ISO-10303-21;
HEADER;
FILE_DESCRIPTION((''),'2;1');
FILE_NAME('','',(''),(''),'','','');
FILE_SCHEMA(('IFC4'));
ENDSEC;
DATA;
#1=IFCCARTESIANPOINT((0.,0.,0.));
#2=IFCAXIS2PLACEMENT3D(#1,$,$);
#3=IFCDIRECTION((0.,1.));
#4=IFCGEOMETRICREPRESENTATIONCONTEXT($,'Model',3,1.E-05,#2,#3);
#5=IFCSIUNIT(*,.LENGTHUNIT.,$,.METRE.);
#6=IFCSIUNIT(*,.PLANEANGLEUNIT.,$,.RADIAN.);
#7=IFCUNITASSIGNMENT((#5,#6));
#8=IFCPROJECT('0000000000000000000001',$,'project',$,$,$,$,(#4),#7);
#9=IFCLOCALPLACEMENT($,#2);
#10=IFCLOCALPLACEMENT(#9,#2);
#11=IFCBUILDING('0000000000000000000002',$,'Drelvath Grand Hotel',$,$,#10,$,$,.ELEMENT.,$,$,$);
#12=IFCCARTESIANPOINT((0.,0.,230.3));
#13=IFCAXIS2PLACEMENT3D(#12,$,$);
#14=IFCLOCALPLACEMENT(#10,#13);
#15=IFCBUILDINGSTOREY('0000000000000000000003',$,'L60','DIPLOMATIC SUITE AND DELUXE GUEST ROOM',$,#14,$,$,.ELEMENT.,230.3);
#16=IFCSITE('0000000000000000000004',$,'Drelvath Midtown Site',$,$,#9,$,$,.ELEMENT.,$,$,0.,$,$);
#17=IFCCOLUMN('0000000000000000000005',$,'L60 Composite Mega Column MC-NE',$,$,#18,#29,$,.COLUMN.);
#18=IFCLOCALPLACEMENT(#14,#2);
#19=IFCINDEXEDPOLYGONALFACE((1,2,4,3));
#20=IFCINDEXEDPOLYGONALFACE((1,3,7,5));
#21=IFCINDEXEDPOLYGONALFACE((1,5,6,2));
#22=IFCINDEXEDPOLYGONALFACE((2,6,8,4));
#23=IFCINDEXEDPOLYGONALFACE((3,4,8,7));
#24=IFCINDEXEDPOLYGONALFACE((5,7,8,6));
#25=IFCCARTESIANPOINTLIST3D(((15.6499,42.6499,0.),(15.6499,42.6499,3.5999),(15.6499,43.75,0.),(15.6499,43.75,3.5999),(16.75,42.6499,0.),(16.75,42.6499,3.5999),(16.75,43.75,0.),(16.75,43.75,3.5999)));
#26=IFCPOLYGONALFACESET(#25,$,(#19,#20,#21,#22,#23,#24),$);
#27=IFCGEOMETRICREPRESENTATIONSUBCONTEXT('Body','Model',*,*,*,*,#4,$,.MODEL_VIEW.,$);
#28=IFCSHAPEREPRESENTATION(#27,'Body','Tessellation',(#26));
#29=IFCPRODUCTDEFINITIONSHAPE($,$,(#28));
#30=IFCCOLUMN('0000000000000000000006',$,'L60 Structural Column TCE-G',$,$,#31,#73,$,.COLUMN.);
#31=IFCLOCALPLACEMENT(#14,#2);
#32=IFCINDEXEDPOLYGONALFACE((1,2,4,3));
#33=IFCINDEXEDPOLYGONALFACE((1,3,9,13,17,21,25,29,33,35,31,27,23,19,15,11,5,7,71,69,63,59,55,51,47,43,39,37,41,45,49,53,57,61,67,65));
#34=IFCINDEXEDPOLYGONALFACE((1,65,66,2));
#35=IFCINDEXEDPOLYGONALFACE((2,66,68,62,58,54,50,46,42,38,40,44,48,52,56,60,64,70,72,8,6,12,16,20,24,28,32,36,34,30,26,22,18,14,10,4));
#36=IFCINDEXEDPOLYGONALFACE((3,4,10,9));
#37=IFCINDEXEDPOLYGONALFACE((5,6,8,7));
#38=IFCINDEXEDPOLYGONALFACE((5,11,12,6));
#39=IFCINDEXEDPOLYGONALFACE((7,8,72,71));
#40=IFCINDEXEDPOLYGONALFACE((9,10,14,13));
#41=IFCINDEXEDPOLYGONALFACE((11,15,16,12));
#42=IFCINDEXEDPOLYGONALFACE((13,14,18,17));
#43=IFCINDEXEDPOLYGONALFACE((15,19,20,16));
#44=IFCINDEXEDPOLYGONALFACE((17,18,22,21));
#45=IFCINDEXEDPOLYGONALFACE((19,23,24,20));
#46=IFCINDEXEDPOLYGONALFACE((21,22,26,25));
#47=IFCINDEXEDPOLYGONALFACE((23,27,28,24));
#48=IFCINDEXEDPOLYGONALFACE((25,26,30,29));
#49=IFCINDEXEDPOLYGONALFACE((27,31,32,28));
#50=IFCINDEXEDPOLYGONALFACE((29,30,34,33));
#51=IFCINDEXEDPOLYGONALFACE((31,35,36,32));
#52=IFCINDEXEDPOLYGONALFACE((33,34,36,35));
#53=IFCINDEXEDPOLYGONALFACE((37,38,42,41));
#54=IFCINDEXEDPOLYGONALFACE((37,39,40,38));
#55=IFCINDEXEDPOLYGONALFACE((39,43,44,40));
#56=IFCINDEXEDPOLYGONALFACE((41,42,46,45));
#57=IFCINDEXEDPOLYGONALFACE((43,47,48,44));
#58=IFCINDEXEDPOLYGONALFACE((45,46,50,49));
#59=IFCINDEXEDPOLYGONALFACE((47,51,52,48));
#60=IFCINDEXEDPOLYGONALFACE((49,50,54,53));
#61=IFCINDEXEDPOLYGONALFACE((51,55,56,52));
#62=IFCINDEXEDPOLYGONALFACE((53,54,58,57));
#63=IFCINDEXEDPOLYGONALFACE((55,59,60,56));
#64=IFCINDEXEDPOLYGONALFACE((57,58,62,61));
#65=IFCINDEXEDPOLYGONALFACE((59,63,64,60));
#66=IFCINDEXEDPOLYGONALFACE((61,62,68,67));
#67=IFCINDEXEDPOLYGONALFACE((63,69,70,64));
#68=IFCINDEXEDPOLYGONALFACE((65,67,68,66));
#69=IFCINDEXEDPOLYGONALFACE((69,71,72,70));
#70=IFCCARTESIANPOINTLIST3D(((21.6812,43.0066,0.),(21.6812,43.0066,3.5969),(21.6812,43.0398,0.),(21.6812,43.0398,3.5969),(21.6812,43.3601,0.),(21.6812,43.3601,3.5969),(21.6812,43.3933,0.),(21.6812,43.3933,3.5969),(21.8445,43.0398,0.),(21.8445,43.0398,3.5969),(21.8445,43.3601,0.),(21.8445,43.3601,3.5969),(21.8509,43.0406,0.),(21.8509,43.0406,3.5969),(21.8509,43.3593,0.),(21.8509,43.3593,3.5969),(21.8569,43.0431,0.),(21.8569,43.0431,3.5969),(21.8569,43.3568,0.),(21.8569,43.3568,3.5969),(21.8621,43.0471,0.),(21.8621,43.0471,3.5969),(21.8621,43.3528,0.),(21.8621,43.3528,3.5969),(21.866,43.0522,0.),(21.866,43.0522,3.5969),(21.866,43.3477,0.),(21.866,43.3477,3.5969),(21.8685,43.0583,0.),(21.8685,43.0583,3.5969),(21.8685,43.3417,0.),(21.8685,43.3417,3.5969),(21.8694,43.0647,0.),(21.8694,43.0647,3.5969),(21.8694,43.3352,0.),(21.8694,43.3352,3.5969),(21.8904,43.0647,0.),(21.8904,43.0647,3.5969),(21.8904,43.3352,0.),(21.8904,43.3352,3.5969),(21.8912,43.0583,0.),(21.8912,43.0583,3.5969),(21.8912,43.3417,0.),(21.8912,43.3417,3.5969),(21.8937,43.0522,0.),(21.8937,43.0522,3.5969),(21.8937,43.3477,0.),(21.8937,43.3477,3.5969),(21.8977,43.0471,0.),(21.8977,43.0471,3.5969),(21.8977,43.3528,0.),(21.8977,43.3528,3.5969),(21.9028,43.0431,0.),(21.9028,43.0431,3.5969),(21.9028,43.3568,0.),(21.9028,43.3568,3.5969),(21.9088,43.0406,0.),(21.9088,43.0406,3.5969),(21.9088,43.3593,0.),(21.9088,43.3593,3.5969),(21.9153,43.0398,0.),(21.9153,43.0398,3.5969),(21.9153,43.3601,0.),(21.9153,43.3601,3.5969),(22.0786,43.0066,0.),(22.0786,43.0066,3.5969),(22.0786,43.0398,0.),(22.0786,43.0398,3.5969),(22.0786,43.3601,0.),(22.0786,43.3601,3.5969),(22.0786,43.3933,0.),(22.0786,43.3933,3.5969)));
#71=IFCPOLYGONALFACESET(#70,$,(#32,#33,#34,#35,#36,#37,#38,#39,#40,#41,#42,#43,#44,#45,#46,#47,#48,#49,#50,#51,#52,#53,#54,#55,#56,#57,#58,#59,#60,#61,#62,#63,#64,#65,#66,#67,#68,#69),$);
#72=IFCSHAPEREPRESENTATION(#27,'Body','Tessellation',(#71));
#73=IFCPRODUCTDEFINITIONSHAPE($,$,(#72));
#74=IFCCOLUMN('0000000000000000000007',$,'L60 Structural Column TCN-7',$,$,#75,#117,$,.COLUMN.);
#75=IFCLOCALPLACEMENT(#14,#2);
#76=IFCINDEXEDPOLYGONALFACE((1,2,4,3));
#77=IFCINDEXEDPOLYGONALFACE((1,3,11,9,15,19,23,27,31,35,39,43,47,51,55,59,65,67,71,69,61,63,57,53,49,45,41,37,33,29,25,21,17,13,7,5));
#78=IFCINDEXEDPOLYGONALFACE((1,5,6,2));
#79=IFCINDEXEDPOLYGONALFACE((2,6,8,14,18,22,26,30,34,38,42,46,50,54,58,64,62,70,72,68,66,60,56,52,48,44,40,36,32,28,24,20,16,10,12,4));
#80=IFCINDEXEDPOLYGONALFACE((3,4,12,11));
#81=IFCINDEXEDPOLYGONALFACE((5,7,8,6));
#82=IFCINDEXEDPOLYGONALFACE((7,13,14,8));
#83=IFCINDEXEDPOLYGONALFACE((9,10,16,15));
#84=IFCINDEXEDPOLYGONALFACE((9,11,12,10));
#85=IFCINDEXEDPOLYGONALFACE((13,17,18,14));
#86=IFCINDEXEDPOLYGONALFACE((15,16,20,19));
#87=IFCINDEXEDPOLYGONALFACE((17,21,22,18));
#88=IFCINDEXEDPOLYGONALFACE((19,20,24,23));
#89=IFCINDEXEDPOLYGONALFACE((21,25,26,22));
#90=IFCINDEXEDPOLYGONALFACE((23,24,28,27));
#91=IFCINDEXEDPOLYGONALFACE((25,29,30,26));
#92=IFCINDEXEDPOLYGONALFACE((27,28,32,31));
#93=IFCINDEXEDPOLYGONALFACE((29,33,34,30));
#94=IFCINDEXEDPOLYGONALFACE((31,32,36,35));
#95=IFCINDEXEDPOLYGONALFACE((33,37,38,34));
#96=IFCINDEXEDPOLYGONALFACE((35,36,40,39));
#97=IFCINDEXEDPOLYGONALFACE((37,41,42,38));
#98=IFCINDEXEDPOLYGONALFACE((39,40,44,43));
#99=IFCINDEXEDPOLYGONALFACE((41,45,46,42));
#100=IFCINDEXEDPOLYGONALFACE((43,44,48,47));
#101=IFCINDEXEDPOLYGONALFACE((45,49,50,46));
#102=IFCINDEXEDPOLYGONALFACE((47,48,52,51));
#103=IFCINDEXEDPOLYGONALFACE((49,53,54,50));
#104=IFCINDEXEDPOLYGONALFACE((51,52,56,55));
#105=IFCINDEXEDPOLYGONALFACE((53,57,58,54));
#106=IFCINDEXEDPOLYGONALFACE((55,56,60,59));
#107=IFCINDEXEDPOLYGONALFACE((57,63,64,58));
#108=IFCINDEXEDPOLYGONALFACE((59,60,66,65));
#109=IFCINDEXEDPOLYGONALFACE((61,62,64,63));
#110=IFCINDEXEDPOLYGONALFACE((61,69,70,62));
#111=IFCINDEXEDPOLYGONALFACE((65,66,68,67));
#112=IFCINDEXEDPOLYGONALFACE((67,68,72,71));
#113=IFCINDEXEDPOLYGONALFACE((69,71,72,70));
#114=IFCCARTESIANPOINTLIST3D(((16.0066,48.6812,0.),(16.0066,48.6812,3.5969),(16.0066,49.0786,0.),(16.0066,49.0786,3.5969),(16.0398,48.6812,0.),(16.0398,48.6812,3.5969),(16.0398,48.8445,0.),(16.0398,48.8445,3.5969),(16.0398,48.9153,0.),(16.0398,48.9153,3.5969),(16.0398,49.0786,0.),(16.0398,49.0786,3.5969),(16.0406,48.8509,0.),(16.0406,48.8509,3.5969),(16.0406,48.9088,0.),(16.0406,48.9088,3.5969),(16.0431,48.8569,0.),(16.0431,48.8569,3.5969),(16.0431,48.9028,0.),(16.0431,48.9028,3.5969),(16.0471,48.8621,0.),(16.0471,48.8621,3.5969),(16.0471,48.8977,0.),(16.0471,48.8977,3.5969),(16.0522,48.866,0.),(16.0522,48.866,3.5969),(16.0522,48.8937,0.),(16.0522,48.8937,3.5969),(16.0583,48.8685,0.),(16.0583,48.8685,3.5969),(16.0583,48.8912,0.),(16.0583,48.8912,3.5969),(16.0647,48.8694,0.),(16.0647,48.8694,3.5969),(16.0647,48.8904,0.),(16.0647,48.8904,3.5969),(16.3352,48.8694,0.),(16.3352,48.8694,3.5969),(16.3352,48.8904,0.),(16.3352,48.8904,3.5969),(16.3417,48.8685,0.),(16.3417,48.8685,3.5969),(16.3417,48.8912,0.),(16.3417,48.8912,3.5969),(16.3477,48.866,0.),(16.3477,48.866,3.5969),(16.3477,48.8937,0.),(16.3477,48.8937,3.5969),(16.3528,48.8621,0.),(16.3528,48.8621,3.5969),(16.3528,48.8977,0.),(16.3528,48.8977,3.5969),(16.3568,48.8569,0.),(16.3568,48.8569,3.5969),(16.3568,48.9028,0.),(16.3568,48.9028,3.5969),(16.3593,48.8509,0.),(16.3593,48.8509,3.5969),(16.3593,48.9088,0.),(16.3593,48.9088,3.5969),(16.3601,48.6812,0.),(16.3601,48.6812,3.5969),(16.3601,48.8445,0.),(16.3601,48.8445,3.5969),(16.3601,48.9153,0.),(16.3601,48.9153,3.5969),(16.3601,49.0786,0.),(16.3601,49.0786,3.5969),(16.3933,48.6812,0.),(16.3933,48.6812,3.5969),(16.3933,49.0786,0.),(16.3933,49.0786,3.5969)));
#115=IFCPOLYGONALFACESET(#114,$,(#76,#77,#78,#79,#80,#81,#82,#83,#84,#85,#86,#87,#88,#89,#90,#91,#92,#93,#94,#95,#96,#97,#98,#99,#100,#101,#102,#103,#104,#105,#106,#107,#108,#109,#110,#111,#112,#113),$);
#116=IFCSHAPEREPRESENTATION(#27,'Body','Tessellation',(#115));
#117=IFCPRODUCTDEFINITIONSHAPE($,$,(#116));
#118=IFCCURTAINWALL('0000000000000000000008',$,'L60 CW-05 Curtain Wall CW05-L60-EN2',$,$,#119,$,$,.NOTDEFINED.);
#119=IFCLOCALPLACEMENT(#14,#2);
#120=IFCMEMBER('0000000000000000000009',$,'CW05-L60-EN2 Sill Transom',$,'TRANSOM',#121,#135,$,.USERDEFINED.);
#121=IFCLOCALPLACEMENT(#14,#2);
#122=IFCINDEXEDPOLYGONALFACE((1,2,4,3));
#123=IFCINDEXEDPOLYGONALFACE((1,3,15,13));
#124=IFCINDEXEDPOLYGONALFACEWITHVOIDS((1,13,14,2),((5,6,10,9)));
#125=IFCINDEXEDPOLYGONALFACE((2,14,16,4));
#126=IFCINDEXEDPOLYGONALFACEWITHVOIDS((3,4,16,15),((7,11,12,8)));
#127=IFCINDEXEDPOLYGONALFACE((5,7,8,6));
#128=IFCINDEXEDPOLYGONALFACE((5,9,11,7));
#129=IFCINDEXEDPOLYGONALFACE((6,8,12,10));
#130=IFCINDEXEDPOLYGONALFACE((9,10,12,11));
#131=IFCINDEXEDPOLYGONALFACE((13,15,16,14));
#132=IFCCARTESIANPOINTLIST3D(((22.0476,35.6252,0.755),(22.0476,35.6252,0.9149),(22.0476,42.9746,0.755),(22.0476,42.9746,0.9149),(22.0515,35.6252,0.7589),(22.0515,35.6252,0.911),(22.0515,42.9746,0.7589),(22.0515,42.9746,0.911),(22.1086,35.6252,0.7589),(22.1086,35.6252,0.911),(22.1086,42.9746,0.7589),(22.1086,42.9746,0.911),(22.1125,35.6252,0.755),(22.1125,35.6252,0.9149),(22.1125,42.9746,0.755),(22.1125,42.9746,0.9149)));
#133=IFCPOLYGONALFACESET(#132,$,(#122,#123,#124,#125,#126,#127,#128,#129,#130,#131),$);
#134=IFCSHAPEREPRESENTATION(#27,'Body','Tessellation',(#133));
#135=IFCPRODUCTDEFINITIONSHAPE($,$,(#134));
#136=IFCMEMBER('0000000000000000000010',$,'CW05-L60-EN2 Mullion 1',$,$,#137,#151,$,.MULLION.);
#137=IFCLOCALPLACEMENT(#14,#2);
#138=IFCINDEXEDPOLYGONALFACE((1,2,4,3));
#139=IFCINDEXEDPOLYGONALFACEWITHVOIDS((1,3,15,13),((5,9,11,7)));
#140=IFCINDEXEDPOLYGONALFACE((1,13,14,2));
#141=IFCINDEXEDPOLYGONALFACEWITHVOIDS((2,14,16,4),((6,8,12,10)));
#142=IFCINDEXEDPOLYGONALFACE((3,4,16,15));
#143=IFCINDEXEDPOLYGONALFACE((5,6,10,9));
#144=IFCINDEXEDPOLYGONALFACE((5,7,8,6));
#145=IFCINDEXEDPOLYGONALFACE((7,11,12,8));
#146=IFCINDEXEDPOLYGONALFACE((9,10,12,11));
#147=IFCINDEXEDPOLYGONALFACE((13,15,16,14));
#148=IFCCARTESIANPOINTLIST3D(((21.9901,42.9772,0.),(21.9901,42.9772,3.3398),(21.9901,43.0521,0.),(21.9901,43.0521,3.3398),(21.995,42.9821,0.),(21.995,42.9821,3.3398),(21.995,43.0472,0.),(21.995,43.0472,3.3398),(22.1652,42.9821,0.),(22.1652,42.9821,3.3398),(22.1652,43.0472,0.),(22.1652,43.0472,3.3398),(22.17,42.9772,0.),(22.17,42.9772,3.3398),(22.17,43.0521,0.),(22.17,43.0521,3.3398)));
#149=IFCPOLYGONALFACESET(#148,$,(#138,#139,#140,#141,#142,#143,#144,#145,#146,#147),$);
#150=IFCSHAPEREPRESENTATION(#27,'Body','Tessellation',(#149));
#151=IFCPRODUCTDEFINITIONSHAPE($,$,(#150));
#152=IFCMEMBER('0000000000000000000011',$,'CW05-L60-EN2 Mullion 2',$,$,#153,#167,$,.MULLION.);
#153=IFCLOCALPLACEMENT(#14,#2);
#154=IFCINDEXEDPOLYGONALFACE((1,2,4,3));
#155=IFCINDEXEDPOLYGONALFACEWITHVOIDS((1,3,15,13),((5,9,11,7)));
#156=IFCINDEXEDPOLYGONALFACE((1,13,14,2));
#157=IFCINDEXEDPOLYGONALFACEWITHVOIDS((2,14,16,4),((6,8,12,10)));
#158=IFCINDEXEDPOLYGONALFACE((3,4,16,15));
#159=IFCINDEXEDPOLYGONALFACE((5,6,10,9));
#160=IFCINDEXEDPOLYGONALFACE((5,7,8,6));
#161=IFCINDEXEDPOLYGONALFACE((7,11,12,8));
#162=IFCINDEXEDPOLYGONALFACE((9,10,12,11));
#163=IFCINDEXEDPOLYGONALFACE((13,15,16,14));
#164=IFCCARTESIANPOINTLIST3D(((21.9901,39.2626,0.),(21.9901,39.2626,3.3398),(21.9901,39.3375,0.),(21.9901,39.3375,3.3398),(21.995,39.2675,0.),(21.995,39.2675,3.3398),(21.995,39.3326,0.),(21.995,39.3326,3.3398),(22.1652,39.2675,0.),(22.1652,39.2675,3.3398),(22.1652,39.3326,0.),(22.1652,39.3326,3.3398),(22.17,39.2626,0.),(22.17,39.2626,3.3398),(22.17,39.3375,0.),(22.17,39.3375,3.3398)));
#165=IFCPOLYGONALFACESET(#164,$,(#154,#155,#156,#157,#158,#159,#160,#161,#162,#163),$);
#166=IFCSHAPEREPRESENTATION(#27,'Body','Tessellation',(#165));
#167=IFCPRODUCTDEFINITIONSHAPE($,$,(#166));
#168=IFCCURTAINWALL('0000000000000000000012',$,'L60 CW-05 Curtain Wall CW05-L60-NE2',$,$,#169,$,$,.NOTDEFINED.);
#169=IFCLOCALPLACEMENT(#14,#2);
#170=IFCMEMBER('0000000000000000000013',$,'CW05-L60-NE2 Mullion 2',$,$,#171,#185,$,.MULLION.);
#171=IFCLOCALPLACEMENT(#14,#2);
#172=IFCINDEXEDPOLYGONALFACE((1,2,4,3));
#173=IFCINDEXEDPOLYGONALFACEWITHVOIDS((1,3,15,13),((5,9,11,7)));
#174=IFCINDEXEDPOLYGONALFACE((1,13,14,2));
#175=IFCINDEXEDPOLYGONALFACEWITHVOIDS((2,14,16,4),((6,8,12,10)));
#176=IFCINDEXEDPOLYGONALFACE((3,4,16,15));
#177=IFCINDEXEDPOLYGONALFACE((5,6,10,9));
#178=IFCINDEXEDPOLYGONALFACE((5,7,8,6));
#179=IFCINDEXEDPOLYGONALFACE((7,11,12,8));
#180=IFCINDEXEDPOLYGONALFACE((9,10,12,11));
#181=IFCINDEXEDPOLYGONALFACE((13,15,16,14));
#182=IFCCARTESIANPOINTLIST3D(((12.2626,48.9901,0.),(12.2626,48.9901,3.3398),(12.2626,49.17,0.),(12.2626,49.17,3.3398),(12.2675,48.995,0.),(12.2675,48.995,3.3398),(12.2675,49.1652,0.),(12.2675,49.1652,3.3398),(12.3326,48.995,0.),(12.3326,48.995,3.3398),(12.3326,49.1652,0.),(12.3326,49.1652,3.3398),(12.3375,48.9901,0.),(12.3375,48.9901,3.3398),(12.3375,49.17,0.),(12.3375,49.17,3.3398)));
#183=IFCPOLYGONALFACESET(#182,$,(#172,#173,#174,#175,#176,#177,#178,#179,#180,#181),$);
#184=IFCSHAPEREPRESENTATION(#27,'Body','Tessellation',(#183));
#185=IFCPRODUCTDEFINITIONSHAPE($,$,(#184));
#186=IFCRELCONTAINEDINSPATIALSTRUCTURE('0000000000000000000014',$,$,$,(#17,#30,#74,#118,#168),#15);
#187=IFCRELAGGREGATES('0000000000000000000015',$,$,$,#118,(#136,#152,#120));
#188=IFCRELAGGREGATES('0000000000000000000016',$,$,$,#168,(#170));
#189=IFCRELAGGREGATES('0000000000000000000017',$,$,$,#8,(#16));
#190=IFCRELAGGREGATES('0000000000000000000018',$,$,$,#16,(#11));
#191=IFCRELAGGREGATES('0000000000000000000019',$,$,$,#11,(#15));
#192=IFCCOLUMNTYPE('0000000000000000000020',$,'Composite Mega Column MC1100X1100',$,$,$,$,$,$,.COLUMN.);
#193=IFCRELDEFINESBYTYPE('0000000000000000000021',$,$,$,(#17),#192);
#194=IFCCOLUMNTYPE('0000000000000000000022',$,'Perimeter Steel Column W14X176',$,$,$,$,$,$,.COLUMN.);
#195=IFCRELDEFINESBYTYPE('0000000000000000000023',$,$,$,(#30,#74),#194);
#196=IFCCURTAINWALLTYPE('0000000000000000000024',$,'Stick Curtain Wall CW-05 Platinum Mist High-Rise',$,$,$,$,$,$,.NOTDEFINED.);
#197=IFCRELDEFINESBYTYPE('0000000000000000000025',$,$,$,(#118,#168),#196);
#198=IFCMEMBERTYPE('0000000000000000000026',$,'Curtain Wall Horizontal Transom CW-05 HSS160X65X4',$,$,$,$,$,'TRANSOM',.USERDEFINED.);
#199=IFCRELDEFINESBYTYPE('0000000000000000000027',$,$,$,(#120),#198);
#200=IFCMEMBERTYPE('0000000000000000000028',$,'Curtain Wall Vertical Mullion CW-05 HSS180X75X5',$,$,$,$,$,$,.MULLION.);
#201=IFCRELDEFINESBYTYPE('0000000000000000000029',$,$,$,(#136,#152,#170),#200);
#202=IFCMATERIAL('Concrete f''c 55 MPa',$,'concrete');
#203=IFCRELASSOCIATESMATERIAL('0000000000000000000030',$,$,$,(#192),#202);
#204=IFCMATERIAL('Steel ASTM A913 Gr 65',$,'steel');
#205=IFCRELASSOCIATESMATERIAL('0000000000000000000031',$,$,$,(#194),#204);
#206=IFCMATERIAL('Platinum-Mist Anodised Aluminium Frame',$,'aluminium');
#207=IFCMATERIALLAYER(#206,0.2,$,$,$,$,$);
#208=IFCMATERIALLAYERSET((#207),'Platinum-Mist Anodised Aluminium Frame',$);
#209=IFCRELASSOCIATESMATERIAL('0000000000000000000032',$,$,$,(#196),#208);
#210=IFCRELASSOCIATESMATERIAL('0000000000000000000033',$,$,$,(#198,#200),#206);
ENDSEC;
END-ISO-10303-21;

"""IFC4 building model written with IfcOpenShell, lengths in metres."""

from ifc_helpers import new_model, si_unit, direction, frame, origin, origin_2d, place, context, subcontext, project, spatial, rectangle, hollow_rectangle, i_section, extrude, material, layer, layer_set, material_profile, profile_set, type_object, element, aggregate, save


model = new_model("IFC4")

# Units and contexts
model_context = context("Model", 3, precision=1e-05, world=origin(), true_north=direction((0.0, 1.0)))
body_context = subcontext(model_context, "Body", "Model", "MODEL_VIEW")
ifc_project = project(units=[si_unit("LENGTHUNIT", "METRE"), si_unit("PLANEANGLEUNIT", "RADIAN")], contexts=[model_context])

# Site, building, storey
site_placement = place(None, origin())
site = spatial("IfcSite", under=ifc_project, at=site_placement, Name="Drelvath Midtown Site", CompositionType="ELEMENT", RefElevation=0.0)
building_placement = place(site_placement, origin())
building = spatial("IfcBuilding", under=site, at=building_placement, Name="Drelvath Grand Hotel", CompositionType="ELEMENT")
storey_placement = place(building_placement, frame((0.0, 0.0, 230.3)))
storey = spatial("IfcBuildingStorey", under=building, at=storey_placement, Name="L60", Description="DIPLOMATIC SUITE AND DELUXE GUEST ROOM", CompositionType="ELEMENT", Elevation=230.3)

# Columns
ifc_material_1 = material(Name="Concrete f'c 55 MPa", Category="concrete")
ifc_material_profile_1 = material_profile(ifc_material_1, rectangle(XDim=1.1001, YDim=1.1001, at=origin_2d()), Name="MC1100X1100")
ifc_profile_set_1 = profile_set([ifc_material_profile_1], Name="Concrete f'c 55 MPa")
column_type_1 = type_object("IfcColumnType", Name="Composite Mega Column MC1100X1100", PredefinedType="COLUMN", material=ifc_profile_set_1)
column_placement = place(storey_placement, frame((16.2, 43.2, 0.0), z_axis=(0.0, 0.0, 1.0), x_axis=(1.0, 0.0, 0.0)))
element("IfcColumn", 1, at=column_placement, inside=storey, type_object=column_type_1, Name="L60 Composite Mega Column MC-NE", PredefinedType="COLUMN", context=body_context, shape_type="SweptSolid", body=[
    extrude(rectangle(XDim=1.1001, YDim=1.1001, at=origin_2d()), origin(), (0.0, 0.0, 1.0), 3.5999),
])
ifc_material_2 = material(Name="Steel ASTM A913 Gr 65", Category="steel")
ifc_material_profile_2 = material_profile(ifc_material_2, i_section(OverallWidth=0.3975, OverallDepth=0.3867, WebThickness=0.021, FlangeThickness=0.0332, FilletRadius=0.0249, at=origin_2d()), Name="W14X176")
ifc_profile_set_2 = profile_set([ifc_material_profile_2], Name="Steel ASTM A913 Gr 65")
column_type_2 = type_object("IfcColumnType", Name="Perimeter Steel Column W14X176", PredefinedType="COLUMN", material=ifc_profile_set_2)
for number, where, z_axis, x_axis, name in (
    (2, (21.8799, 43.2, 0.0), (0.0, 0.0, 1.0), (1.0, 0.0, 0.0), "L60 Structural Column TCE-G"),
    (3, (16.2, 48.8799, 0.0), (0.0, 0.0, 1.0), (0.0, 1.0, 0.0), "L60 Structural Column TCN-7"),
):
    element("IfcColumn", number, at=place(storey_placement, frame(where, z_axis=z_axis, x_axis=x_axis)), inside=storey, type_object=column_type_2, Name=name, PredefinedType="COLUMN", context=body_context, shape_type="SweptSolid", body=[
        extrude(i_section(OverallWidth=0.3975, OverallDepth=0.3867, WebThickness=0.021, FlangeThickness=0.0332, FilletRadius=0.0249, at=origin_2d()), origin(), (0.0, 0.0, 1.0), 3.5969),
    ])

# Curtain walls, members
ifc_material_3 = material(Name="Platinum-Mist Anodised Aluminium Frame", Category="aluminium")
ifc_layer_1 = layer(ifc_material_3, 0.2)
ifc_layer_set_1 = layer_set([ifc_layer_1], Name="Platinum-Mist Anodised Aluminium Frame")
curtain_wall_type = type_object("IfcCurtainWallType", Name="Stick Curtain Wall CW-05 Platinum Mist High-Rise", PredefinedType="NOTDEFINED", material=ifc_layer_set_1)
curtain_wall_1_placement = place(storey_placement, origin())
curtain_wall_1 = element("IfcCurtainWall", 4, at=curtain_wall_1_placement, inside=storey, type_object=curtain_wall_type, Name="L60 CW-05 Curtain Wall CW05-L60-EN2", PredefinedType="NOTDEFINED")
ifc_material_profile_3 = material_profile(ifc_material_3, hollow_rectangle(XDim=0.0649, YDim=0.1599, WallThickness=0.0039, at=origin_2d()), Name="HSS160X65X4")
ifc_profile_set_3 = profile_set([ifc_material_profile_3], Name="Platinum-Mist Anodised Aluminium Frame")
member_type_1 = type_object("IfcMemberType", Name="Curtain Wall Horizontal Transom CW-05 HSS160X65X4", ElementType="TRANSOM", PredefinedType="USERDEFINED", material=ifc_profile_set_3)
member_1_placement = place(storey_placement, frame((22.0801, 42.9746, 0.835), z_axis=(0.0, -1.0, 0.0), x_axis=(1.0, 0.0, 0.0)))
member_1 = element("IfcMember", 5, at=member_1_placement, type_object=member_type_1, Name="CW05-L60-EN2 Sill Transom", ObjectType="TRANSOM", PredefinedType="USERDEFINED", context=body_context, shape_type="SweptSolid", body=[
    extrude(hollow_rectangle(XDim=0.0649, YDim=0.1599, WallThickness=0.0039, at=origin_2d()), origin(), (0.0, 0.0, 1.0), 7.3494),
])
ifc_material_profile_4 = material_profile(ifc_material_3, hollow_rectangle(XDim=0.075, YDim=0.1799, WallThickness=0.0049, at=origin_2d()), Name="HSS180X75X5")
ifc_profile_set_4 = profile_set([ifc_material_profile_4], Name="Platinum-Mist Anodised Aluminium Frame")
member_type_2 = type_object("IfcMemberType", Name="Curtain Wall Vertical Mullion CW-05 HSS180X75X5", PredefinedType="MULLION", material=ifc_profile_set_4)
member_2_placement = place(storey_placement, frame((22.0801, 43.0146, 0.0), z_axis=(0.0, 0.0, 1.0), x_axis=(0.0, 1.0, 0.0)))
member_2 = element("IfcMember", 6, at=member_2_placement, type_object=member_type_2, Name="CW05-L60-EN2 Mullion 1", PredefinedType="MULLION", context=body_context, shape_type="SweptSolid", body=[
    extrude(hollow_rectangle(XDim=0.075, YDim=0.1799, WallThickness=0.0049, at=origin_2d()), origin(), (0.0, 0.0, 1.0), 3.3398),
])
member_3_placement = place(storey_placement, frame((22.0801, 39.3, 0.0), z_axis=(0.0, 0.0, 1.0), x_axis=(0.0, 1.0, 0.0)))
member_3 = element("IfcMember", 7, at=member_3_placement, type_object=member_type_2, Name="CW05-L60-EN2 Mullion 2", PredefinedType="MULLION", context=body_context, shape_type="SweptSolid", body=[
    extrude(hollow_rectangle(XDim=0.075, YDim=0.1799, WallThickness=0.0049, at=origin_2d()), origin(), (0.0, 0.0, 1.0), 3.3398),
])
curtain_wall_2_placement = place(storey_placement, origin())
curtain_wall_2 = element("IfcCurtainWall", 8, at=curtain_wall_2_placement, inside=storey, type_object=curtain_wall_type, Name="L60 CW-05 Curtain Wall CW05-L60-NE2", PredefinedType="NOTDEFINED")
member_4_placement = place(storey_placement, frame((12.3, 49.0801, 0.0), z_axis=(0.0, 0.0, 1.0), x_axis=(1.0, 0.0, 0.0)))
member_4 = element("IfcMember", 9, at=member_4_placement, type_object=member_type_2, Name="CW05-L60-NE2 Mullion 2", PredefinedType="MULLION", context=body_context, shape_type="SweptSolid", body=[
    extrude(hollow_rectangle(XDim=0.075, YDim=0.1799, WallThickness=0.0049, at=origin_2d()), origin(), (0.0, 0.0, 1.0), 3.3398),
])

aggregate(curtain_wall_1, [member_2, member_3, member_1])
aggregate(curtain_wall_2, [member_4])

save(model, "model.ifc")
